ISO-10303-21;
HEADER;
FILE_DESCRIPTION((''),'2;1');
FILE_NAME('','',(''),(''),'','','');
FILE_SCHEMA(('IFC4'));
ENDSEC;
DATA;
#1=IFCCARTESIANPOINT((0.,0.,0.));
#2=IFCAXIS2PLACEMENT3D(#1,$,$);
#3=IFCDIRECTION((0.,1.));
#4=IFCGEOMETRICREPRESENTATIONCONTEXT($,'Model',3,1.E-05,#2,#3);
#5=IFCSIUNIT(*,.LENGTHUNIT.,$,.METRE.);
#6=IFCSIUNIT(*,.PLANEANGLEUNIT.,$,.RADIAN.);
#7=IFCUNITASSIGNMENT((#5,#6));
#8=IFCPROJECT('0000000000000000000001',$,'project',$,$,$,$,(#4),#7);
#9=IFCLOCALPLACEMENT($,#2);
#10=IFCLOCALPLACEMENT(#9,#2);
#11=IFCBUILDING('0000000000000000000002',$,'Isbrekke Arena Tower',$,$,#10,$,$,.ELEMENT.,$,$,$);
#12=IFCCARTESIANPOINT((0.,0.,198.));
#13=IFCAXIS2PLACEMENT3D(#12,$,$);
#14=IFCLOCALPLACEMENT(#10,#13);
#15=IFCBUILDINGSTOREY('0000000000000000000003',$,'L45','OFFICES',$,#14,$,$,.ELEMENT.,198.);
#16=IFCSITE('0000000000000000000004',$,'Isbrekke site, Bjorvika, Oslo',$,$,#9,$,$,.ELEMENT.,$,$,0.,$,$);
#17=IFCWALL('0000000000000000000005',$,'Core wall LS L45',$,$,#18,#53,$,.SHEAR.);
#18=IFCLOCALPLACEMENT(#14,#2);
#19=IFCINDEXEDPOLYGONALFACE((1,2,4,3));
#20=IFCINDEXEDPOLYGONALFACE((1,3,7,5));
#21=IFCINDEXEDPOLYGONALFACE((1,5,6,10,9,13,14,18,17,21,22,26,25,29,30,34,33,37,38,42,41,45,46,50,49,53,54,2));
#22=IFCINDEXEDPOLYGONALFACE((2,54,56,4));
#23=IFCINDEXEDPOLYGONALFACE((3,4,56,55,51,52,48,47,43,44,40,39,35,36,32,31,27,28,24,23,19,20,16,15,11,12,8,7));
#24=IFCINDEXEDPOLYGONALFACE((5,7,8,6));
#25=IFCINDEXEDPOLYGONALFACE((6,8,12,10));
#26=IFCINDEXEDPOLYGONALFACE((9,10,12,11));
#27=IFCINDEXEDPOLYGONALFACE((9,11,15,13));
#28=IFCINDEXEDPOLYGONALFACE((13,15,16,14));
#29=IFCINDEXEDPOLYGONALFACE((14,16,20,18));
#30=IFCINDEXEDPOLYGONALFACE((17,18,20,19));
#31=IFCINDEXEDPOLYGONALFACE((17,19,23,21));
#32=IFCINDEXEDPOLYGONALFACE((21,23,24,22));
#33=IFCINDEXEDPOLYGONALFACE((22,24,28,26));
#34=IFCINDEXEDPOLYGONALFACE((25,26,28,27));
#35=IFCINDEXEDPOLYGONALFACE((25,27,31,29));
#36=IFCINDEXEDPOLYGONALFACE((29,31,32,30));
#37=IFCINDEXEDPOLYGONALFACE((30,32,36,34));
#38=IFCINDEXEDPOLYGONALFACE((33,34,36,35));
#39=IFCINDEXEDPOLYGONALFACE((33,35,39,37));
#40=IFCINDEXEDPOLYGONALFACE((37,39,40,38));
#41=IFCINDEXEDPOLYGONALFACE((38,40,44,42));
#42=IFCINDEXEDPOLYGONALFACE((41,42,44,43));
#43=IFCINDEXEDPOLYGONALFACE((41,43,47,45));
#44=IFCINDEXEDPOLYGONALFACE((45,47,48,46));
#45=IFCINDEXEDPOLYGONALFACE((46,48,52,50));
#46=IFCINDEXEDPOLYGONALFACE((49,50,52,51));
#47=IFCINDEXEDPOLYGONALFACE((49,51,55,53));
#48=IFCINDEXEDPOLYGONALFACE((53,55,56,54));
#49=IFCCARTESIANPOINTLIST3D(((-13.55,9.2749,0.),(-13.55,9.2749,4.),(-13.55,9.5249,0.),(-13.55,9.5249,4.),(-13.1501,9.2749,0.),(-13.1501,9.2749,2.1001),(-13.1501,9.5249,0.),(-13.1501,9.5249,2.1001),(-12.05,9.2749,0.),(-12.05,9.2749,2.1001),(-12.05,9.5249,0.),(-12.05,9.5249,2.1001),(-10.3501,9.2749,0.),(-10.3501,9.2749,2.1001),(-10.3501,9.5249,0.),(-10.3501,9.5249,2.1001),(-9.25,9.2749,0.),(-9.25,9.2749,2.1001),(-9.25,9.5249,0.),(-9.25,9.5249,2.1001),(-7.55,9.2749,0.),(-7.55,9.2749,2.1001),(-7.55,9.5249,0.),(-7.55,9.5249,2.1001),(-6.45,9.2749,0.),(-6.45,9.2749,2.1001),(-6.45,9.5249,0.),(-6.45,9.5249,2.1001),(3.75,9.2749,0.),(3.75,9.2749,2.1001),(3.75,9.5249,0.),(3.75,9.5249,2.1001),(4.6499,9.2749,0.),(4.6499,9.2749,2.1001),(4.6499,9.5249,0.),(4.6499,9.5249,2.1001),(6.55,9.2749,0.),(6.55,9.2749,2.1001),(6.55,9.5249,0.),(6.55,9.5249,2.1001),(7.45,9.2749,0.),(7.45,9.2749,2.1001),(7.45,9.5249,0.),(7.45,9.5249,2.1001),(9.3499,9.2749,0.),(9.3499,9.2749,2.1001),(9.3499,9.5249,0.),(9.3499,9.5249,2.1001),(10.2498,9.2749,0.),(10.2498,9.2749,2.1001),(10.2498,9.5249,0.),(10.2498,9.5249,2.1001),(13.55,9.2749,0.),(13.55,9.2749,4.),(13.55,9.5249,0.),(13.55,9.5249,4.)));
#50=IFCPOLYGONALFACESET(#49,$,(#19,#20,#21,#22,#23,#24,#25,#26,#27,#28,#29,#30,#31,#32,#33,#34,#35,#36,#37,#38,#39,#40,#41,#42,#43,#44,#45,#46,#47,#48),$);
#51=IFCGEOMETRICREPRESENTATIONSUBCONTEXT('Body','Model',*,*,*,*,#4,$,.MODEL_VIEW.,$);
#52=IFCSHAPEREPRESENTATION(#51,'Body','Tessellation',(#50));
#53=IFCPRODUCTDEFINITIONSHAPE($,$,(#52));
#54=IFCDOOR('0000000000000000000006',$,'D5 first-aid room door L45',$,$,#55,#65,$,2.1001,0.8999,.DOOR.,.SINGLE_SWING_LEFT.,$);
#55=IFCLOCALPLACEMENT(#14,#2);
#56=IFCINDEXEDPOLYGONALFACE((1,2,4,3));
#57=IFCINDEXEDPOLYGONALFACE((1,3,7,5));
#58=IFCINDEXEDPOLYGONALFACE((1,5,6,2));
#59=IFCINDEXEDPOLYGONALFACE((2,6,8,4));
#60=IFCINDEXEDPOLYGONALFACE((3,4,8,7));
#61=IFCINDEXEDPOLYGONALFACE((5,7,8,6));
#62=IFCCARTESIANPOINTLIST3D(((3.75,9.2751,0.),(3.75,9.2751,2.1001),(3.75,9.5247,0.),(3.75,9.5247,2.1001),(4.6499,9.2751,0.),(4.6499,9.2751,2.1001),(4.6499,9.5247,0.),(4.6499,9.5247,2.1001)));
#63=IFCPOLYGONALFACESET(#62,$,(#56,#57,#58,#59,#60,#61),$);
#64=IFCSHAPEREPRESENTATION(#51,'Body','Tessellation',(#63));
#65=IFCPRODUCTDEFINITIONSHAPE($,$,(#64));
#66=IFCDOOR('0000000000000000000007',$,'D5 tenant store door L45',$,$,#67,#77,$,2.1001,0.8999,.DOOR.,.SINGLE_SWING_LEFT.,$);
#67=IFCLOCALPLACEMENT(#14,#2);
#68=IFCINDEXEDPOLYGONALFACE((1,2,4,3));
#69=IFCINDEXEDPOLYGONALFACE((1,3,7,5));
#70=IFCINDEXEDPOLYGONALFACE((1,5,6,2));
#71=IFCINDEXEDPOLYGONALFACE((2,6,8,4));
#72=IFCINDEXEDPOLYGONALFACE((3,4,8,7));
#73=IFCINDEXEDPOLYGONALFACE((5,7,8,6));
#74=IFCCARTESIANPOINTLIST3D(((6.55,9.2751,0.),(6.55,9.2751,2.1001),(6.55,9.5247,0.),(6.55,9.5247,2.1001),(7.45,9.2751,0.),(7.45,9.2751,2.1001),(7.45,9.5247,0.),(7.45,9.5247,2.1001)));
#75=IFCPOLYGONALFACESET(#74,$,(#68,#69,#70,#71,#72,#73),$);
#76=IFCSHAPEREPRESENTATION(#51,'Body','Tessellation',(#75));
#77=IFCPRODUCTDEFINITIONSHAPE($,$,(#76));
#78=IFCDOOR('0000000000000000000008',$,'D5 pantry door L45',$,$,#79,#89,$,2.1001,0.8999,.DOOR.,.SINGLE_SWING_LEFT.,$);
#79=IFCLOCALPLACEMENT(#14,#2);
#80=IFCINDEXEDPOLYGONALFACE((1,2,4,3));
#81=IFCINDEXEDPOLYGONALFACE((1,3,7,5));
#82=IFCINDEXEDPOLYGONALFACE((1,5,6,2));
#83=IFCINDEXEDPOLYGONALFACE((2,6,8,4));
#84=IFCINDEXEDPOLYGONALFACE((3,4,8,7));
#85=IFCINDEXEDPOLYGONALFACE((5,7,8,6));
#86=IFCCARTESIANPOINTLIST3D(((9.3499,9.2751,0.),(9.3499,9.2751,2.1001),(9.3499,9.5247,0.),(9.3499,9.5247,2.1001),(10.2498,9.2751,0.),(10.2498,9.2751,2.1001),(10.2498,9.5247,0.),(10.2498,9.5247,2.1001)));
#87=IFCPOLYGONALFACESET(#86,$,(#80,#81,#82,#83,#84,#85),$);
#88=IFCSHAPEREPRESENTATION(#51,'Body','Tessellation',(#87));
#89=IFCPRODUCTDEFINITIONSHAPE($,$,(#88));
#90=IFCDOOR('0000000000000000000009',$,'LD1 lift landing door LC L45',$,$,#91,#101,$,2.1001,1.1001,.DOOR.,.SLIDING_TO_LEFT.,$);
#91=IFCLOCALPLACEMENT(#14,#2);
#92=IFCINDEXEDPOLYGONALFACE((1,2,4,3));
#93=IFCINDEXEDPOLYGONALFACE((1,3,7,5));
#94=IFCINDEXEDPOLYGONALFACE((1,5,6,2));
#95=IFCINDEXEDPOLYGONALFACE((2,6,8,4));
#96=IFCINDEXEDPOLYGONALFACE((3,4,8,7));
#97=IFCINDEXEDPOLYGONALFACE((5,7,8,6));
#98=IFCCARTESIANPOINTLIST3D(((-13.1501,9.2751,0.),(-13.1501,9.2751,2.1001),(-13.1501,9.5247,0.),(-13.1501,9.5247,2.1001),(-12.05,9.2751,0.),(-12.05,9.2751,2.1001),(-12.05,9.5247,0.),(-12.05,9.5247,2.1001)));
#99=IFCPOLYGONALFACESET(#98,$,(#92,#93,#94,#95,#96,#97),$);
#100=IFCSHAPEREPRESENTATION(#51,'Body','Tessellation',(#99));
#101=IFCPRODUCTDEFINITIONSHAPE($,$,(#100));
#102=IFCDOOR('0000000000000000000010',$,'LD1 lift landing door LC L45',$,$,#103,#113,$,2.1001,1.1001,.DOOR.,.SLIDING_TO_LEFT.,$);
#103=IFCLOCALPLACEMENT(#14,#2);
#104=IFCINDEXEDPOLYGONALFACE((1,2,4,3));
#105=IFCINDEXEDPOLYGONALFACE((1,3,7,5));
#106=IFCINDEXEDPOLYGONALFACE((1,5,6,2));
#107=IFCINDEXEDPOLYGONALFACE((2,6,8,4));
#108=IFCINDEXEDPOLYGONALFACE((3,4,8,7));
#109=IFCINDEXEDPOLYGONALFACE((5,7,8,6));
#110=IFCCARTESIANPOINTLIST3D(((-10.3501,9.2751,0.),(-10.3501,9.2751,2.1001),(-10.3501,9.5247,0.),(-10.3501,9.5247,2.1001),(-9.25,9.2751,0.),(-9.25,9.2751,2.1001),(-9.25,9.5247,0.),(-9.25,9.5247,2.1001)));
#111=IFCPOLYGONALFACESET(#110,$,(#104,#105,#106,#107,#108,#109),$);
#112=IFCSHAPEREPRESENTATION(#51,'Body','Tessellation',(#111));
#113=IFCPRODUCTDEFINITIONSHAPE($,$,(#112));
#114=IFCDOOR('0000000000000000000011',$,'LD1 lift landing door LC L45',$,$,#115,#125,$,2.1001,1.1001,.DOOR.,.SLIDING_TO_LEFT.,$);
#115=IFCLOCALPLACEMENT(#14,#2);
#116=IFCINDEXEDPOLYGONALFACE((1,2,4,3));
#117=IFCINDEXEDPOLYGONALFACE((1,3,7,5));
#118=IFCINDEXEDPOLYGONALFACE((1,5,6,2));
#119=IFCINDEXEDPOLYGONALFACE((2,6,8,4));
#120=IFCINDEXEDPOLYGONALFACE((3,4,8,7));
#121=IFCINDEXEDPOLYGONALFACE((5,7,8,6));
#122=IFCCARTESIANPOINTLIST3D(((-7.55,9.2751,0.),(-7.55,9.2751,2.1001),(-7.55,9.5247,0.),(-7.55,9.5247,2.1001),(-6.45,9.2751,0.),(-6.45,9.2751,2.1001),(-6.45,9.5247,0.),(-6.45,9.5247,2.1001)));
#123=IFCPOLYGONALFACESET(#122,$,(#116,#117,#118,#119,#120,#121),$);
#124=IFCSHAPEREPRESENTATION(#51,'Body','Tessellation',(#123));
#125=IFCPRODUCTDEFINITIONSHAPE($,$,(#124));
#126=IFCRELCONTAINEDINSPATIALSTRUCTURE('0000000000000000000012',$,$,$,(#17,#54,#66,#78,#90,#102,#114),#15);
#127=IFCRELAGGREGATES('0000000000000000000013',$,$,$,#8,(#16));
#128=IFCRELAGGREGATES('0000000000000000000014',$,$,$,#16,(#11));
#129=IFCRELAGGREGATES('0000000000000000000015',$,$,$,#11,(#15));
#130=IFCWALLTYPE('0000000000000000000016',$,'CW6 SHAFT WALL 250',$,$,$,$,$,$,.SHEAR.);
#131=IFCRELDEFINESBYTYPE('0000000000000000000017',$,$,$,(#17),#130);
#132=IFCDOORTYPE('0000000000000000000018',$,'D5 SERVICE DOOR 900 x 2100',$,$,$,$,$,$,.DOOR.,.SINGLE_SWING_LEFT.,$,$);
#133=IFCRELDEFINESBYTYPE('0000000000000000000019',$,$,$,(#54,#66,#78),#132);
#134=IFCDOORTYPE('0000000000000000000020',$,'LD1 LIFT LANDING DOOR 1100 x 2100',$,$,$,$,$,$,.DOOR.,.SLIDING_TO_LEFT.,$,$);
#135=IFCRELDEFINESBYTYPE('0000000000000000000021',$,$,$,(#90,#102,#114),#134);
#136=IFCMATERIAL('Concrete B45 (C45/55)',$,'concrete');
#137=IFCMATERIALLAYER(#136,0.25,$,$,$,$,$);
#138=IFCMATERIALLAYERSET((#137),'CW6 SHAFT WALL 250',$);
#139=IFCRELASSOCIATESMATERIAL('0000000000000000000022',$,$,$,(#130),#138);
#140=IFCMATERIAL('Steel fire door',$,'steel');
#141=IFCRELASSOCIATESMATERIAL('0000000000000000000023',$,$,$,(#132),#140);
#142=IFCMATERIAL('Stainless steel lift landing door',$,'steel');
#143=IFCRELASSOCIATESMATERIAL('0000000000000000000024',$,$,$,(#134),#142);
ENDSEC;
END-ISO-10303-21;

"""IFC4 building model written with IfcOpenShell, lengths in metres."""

from ifc_helpers import new_model, si_unit, direction, frame, frame_2d, origin, place, context, subcontext, project, spatial, rectangle, extrude, material, layer, layer_set, type_object, element, fill, save


model = new_model("IFC4")

# Units and contexts
model_context = context("Model", 3, precision=1e-05, world=origin(), true_north=direction((0.0, 1.0)))
body_context = subcontext(model_context, "Body", "Model", "MODEL_VIEW")
ifc_project = project(units=[si_unit("LENGTHUNIT", "METRE"), si_unit("PLANEANGLEUNIT", "RADIAN")], contexts=[model_context])

# Site, building, storey
site_placement = place(None, origin())
site = spatial("IfcSite", under=ifc_project, at=site_placement, Name="Isbrekke site, Bjorvika, Oslo", CompositionType="ELEMENT", RefElevation=0.0)
building_placement = place(site_placement, origin())
building = spatial("IfcBuilding", under=site, at=building_placement, Name="Isbrekke Arena Tower", CompositionType="ELEMENT")
storey_placement = place(building_placement, frame((0.0, 0.0, 198.0)))
storey = spatial("IfcBuildingStorey", under=building, at=storey_placement, Name="L45", Description="OFFICES", CompositionType="ELEMENT", Elevation=198.0)

# Wall, openings, doors
ifc_material_1 = material(Name="Concrete B45 (C45/55)", Category="concrete")
ifc_layer_1 = layer(ifc_material_1, 0.25)
ifc_layer_set_1 = layer_set([ifc_layer_1], Name="CW6 SHAFT WALL 250")
wall_type_1 = type_object("IfcWallType", Name="CW6 SHAFT WALL 250", PredefinedType="SHEAR", material=ifc_layer_set_1)
wall_1_placement = place(storey_placement, frame((-13.55, 9.3999, 0.0), z_axis=(0.0, 0.0, 1.0), x_axis=(1.0, 0.0, 0.0)))
wall_1 = element("IfcWall", 1, at=wall_1_placement, inside=storey, type_object=wall_type_1, Name="Core wall LS L45", PredefinedType="SHEAR", context=body_context, shape_type="SweptSolid", body=[
    extrude(rectangle(XDim=27.1001, YDim=0.25, at=frame_2d((13.55, 0.0))), origin(), (0.0, 0.0, 1.0), 4.0),
])
opening_1_placement = place(wall_1_placement, frame((0.3999, 0.0, 0.0)))
opening_1 = element("IfcOpeningElement", 2, at=opening_1_placement, cuts=wall_1, PredefinedType="OPENING", context=body_context, shape_type="SweptSolid", body=[
    extrude(rectangle(XDim=1.1001, YDim=2.1001, at=frame_2d((0.55, 1.05))), frame((0.0, 0.1399, 0.0), z_axis=(0.0, -1.0, 0.0), x_axis=(1.0, 0.0, 0.0)), (0.0, 0.0, 1.0), 0.2798),
])
opening_2_placement = place(wall_1_placement, frame((3.2, 0.0, 0.0)))
opening_2 = element("IfcOpeningElement", 3, at=opening_2_placement, cuts=wall_1, PredefinedType="OPENING", context=body_context, shape_type="SweptSolid", body=[
    extrude(rectangle(XDim=1.1001, YDim=2.1001, at=frame_2d((0.55, 1.05))), frame((0.0, 0.1399, 0.0), z_axis=(0.0, -1.0, 0.0), x_axis=(1.0, 0.0, 0.0)), (0.0, 0.0, 1.0), 0.2798),
])
opening_3_placement = place(wall_1_placement, frame((6.0, 0.0, 0.0)))
opening_3 = element("IfcOpeningElement", 4, at=opening_3_placement, cuts=wall_1, PredefinedType="OPENING", context=body_context, shape_type="SweptSolid", body=[
    extrude(rectangle(XDim=1.1001, YDim=2.1001, at=frame_2d((0.55, 1.05))), frame((0.0, 0.1399, 0.0), z_axis=(0.0, -1.0, 0.0), x_axis=(1.0, 0.0, 0.0)), (0.0, 0.0, 1.0), 0.2798),
])
opening_4_placement = place(wall_1_placement, frame((17.3, 0.0, 0.0)))
opening_4 = element("IfcOpeningElement", 5, at=opening_4_placement, cuts=wall_1, PredefinedType="OPENING", context=body_context, shape_type="SweptSolid", body=[
    extrude(rectangle(XDim=0.8999, YDim=2.1001, at=frame_2d((0.45, 1.05))), frame((0.0, 0.1399, 0.0), z_axis=(0.0, -1.0, 0.0), x_axis=(1.0, 0.0, 0.0)), (0.0, 0.0, 1.0), 0.2798),
])
opening_5_placement = place(wall_1_placement, frame((20.1001, 0.0, 0.0)))
opening_5 = element("IfcOpeningElement", 6, at=opening_5_placement, cuts=wall_1, PredefinedType="OPENING", context=body_context, shape_type="SweptSolid", body=[
    extrude(rectangle(XDim=0.8999, YDim=2.1001, at=frame_2d((0.45, 1.05))), frame((0.0, 0.1399, 0.0), z_axis=(0.0, -1.0, 0.0), x_axis=(1.0, 0.0, 0.0)), (0.0, 0.0, 1.0), 0.2798),
])
opening_6_placement = place(wall_1_placement, frame((22.8999, 0.0, 0.0)))
opening_6 = element("IfcOpeningElement", 7, at=opening_6_placement, cuts=wall_1, PredefinedType="OPENING", context=body_context, shape_type="SweptSolid", body=[
    extrude(rectangle(XDim=0.8999, YDim=2.1001, at=frame_2d((0.45, 1.05))), frame((0.0, 0.1399, 0.0), z_axis=(0.0, -1.0, 0.0), x_axis=(1.0, 0.0, 0.0)), (0.0, 0.0, 1.0), 0.2798),
])
ifc_material_2 = material(Name="Steel fire door", Category="steel")
door_type_1 = type_object("IfcDoorType", Name="D5 SERVICE DOOR 900 x 2100", OperationType="SINGLE_SWING_LEFT", PredefinedType="DOOR", material=ifc_material_2)
door_1_placement = place(opening_4_placement, origin())
door_1 = element("IfcDoor", 8, at=door_1_placement, inside=storey, type_object=door_type_1, Name="D5 first-aid room door L45", OperationType="SINGLE_SWING_LEFT", OverallHeight=2.1001, OverallWidth=0.8999, PredefinedType="DOOR", context=body_context, shape_type="SweptSolid", body=[
    extrude(rectangle(XDim=0.8999, YDim=2.1001, at=frame_2d((0.45, 1.05))), frame((0.0, 0.1248, 0.0), z_axis=(0.0, -1.0, 0.0), x_axis=(1.0, 0.0, 0.0)), (0.0, 0.0, 1.0), 0.2495),
])
fill(opening_4, door_1)
door_2_placement = place(opening_5_placement, origin())
door_2 = element("IfcDoor", 9, at=door_2_placement, inside=storey, type_object=door_type_1, Name="D5 tenant store door L45", OperationType="SINGLE_SWING_LEFT", OverallHeight=2.1001, OverallWidth=0.8999, PredefinedType="DOOR", context=body_context, shape_type="SweptSolid", body=[
    extrude(rectangle(XDim=0.8999, YDim=2.1001, at=frame_2d((0.45, 1.05))), frame((0.0, 0.1248, 0.0), z_axis=(0.0, -1.0, 0.0), x_axis=(1.0, 0.0, 0.0)), (0.0, 0.0, 1.0), 0.2495),
])
fill(opening_5, door_2)
door_3_placement = place(opening_6_placement, origin())
door_3 = element("IfcDoor", 10, at=door_3_placement, inside=storey, type_object=door_type_1, Name="D5 pantry door L45", OperationType="SINGLE_SWING_LEFT", OverallHeight=2.1001, OverallWidth=0.8999, PredefinedType="DOOR", context=body_context, shape_type="SweptSolid", body=[
    extrude(rectangle(XDim=0.8999, YDim=2.1001, at=frame_2d((0.45, 1.05))), frame((0.0, 0.1248, 0.0), z_axis=(0.0, -1.0, 0.0), x_axis=(1.0, 0.0, 0.0)), (0.0, 0.0, 1.0), 0.2495),
])
fill(opening_6, door_3)
ifc_material_3 = material(Name="Stainless steel lift landing door", Category="steel")
door_type_2 = type_object("IfcDoorType", Name="LD1 LIFT LANDING DOOR 1100 x 2100", OperationType="SLIDING_TO_LEFT", PredefinedType="DOOR", material=ifc_material_3)
door_4_placement = place(opening_1_placement, origin())
door_4 = element("IfcDoor", 11, at=door_4_placement, inside=storey, type_object=door_type_2, Name="LD1 lift landing door LC L45", OperationType="SLIDING_TO_LEFT", OverallHeight=2.1001, OverallWidth=1.1001, PredefinedType="DOOR", context=body_context, shape_type="SweptSolid", body=[
    extrude(rectangle(XDim=1.1001, YDim=2.1001, at=frame_2d((0.55, 1.05))), frame((0.0, 0.1248, 0.0), z_axis=(0.0, -1.0, 0.0), x_axis=(1.0, 0.0, 0.0)), (0.0, 0.0, 1.0), 0.2495),
])
fill(opening_1, door_4)
door_5_placement = place(opening_2_placement, origin())
door_5 = element("IfcDoor", 12, at=door_5_placement, inside=storey, type_object=door_type_2, Name="LD1 lift landing door LC L45", OperationType="SLIDING_TO_LEFT", OverallHeight=2.1001, OverallWidth=1.1001, PredefinedType="DOOR", context=body_context, shape_type="SweptSolid", body=[
    extrude(rectangle(XDim=1.1001, YDim=2.1001, at=frame_2d((0.55, 1.05))), frame((0.0, 0.1248, 0.0), z_axis=(0.0, -1.0, 0.0), x_axis=(1.0, 0.0, 0.0)), (0.0, 0.0, 1.0), 0.2495),
])
fill(opening_2, door_5)
door_6_placement = place(opening_3_placement, origin())
door_6 = element("IfcDoor", 13, at=door_6_placement, inside=storey, type_object=door_type_2, Name="LD1 lift landing door LC L45", OperationType="SLIDING_TO_LEFT", OverallHeight=2.1001, OverallWidth=1.1001, PredefinedType="DOOR", context=body_context, shape_type="SweptSolid", body=[
    extrude(rectangle(XDim=1.1001, YDim=2.1001, at=frame_2d((0.55, 1.05))), frame((0.0, 0.1248, 0.0), z_axis=(0.0, -1.0, 0.0), x_axis=(1.0, 0.0, 0.0)), (0.0, 0.0, 1.0), 0.2495),
])
fill(opening_3, door_6)

save(model, "model.ifc")
